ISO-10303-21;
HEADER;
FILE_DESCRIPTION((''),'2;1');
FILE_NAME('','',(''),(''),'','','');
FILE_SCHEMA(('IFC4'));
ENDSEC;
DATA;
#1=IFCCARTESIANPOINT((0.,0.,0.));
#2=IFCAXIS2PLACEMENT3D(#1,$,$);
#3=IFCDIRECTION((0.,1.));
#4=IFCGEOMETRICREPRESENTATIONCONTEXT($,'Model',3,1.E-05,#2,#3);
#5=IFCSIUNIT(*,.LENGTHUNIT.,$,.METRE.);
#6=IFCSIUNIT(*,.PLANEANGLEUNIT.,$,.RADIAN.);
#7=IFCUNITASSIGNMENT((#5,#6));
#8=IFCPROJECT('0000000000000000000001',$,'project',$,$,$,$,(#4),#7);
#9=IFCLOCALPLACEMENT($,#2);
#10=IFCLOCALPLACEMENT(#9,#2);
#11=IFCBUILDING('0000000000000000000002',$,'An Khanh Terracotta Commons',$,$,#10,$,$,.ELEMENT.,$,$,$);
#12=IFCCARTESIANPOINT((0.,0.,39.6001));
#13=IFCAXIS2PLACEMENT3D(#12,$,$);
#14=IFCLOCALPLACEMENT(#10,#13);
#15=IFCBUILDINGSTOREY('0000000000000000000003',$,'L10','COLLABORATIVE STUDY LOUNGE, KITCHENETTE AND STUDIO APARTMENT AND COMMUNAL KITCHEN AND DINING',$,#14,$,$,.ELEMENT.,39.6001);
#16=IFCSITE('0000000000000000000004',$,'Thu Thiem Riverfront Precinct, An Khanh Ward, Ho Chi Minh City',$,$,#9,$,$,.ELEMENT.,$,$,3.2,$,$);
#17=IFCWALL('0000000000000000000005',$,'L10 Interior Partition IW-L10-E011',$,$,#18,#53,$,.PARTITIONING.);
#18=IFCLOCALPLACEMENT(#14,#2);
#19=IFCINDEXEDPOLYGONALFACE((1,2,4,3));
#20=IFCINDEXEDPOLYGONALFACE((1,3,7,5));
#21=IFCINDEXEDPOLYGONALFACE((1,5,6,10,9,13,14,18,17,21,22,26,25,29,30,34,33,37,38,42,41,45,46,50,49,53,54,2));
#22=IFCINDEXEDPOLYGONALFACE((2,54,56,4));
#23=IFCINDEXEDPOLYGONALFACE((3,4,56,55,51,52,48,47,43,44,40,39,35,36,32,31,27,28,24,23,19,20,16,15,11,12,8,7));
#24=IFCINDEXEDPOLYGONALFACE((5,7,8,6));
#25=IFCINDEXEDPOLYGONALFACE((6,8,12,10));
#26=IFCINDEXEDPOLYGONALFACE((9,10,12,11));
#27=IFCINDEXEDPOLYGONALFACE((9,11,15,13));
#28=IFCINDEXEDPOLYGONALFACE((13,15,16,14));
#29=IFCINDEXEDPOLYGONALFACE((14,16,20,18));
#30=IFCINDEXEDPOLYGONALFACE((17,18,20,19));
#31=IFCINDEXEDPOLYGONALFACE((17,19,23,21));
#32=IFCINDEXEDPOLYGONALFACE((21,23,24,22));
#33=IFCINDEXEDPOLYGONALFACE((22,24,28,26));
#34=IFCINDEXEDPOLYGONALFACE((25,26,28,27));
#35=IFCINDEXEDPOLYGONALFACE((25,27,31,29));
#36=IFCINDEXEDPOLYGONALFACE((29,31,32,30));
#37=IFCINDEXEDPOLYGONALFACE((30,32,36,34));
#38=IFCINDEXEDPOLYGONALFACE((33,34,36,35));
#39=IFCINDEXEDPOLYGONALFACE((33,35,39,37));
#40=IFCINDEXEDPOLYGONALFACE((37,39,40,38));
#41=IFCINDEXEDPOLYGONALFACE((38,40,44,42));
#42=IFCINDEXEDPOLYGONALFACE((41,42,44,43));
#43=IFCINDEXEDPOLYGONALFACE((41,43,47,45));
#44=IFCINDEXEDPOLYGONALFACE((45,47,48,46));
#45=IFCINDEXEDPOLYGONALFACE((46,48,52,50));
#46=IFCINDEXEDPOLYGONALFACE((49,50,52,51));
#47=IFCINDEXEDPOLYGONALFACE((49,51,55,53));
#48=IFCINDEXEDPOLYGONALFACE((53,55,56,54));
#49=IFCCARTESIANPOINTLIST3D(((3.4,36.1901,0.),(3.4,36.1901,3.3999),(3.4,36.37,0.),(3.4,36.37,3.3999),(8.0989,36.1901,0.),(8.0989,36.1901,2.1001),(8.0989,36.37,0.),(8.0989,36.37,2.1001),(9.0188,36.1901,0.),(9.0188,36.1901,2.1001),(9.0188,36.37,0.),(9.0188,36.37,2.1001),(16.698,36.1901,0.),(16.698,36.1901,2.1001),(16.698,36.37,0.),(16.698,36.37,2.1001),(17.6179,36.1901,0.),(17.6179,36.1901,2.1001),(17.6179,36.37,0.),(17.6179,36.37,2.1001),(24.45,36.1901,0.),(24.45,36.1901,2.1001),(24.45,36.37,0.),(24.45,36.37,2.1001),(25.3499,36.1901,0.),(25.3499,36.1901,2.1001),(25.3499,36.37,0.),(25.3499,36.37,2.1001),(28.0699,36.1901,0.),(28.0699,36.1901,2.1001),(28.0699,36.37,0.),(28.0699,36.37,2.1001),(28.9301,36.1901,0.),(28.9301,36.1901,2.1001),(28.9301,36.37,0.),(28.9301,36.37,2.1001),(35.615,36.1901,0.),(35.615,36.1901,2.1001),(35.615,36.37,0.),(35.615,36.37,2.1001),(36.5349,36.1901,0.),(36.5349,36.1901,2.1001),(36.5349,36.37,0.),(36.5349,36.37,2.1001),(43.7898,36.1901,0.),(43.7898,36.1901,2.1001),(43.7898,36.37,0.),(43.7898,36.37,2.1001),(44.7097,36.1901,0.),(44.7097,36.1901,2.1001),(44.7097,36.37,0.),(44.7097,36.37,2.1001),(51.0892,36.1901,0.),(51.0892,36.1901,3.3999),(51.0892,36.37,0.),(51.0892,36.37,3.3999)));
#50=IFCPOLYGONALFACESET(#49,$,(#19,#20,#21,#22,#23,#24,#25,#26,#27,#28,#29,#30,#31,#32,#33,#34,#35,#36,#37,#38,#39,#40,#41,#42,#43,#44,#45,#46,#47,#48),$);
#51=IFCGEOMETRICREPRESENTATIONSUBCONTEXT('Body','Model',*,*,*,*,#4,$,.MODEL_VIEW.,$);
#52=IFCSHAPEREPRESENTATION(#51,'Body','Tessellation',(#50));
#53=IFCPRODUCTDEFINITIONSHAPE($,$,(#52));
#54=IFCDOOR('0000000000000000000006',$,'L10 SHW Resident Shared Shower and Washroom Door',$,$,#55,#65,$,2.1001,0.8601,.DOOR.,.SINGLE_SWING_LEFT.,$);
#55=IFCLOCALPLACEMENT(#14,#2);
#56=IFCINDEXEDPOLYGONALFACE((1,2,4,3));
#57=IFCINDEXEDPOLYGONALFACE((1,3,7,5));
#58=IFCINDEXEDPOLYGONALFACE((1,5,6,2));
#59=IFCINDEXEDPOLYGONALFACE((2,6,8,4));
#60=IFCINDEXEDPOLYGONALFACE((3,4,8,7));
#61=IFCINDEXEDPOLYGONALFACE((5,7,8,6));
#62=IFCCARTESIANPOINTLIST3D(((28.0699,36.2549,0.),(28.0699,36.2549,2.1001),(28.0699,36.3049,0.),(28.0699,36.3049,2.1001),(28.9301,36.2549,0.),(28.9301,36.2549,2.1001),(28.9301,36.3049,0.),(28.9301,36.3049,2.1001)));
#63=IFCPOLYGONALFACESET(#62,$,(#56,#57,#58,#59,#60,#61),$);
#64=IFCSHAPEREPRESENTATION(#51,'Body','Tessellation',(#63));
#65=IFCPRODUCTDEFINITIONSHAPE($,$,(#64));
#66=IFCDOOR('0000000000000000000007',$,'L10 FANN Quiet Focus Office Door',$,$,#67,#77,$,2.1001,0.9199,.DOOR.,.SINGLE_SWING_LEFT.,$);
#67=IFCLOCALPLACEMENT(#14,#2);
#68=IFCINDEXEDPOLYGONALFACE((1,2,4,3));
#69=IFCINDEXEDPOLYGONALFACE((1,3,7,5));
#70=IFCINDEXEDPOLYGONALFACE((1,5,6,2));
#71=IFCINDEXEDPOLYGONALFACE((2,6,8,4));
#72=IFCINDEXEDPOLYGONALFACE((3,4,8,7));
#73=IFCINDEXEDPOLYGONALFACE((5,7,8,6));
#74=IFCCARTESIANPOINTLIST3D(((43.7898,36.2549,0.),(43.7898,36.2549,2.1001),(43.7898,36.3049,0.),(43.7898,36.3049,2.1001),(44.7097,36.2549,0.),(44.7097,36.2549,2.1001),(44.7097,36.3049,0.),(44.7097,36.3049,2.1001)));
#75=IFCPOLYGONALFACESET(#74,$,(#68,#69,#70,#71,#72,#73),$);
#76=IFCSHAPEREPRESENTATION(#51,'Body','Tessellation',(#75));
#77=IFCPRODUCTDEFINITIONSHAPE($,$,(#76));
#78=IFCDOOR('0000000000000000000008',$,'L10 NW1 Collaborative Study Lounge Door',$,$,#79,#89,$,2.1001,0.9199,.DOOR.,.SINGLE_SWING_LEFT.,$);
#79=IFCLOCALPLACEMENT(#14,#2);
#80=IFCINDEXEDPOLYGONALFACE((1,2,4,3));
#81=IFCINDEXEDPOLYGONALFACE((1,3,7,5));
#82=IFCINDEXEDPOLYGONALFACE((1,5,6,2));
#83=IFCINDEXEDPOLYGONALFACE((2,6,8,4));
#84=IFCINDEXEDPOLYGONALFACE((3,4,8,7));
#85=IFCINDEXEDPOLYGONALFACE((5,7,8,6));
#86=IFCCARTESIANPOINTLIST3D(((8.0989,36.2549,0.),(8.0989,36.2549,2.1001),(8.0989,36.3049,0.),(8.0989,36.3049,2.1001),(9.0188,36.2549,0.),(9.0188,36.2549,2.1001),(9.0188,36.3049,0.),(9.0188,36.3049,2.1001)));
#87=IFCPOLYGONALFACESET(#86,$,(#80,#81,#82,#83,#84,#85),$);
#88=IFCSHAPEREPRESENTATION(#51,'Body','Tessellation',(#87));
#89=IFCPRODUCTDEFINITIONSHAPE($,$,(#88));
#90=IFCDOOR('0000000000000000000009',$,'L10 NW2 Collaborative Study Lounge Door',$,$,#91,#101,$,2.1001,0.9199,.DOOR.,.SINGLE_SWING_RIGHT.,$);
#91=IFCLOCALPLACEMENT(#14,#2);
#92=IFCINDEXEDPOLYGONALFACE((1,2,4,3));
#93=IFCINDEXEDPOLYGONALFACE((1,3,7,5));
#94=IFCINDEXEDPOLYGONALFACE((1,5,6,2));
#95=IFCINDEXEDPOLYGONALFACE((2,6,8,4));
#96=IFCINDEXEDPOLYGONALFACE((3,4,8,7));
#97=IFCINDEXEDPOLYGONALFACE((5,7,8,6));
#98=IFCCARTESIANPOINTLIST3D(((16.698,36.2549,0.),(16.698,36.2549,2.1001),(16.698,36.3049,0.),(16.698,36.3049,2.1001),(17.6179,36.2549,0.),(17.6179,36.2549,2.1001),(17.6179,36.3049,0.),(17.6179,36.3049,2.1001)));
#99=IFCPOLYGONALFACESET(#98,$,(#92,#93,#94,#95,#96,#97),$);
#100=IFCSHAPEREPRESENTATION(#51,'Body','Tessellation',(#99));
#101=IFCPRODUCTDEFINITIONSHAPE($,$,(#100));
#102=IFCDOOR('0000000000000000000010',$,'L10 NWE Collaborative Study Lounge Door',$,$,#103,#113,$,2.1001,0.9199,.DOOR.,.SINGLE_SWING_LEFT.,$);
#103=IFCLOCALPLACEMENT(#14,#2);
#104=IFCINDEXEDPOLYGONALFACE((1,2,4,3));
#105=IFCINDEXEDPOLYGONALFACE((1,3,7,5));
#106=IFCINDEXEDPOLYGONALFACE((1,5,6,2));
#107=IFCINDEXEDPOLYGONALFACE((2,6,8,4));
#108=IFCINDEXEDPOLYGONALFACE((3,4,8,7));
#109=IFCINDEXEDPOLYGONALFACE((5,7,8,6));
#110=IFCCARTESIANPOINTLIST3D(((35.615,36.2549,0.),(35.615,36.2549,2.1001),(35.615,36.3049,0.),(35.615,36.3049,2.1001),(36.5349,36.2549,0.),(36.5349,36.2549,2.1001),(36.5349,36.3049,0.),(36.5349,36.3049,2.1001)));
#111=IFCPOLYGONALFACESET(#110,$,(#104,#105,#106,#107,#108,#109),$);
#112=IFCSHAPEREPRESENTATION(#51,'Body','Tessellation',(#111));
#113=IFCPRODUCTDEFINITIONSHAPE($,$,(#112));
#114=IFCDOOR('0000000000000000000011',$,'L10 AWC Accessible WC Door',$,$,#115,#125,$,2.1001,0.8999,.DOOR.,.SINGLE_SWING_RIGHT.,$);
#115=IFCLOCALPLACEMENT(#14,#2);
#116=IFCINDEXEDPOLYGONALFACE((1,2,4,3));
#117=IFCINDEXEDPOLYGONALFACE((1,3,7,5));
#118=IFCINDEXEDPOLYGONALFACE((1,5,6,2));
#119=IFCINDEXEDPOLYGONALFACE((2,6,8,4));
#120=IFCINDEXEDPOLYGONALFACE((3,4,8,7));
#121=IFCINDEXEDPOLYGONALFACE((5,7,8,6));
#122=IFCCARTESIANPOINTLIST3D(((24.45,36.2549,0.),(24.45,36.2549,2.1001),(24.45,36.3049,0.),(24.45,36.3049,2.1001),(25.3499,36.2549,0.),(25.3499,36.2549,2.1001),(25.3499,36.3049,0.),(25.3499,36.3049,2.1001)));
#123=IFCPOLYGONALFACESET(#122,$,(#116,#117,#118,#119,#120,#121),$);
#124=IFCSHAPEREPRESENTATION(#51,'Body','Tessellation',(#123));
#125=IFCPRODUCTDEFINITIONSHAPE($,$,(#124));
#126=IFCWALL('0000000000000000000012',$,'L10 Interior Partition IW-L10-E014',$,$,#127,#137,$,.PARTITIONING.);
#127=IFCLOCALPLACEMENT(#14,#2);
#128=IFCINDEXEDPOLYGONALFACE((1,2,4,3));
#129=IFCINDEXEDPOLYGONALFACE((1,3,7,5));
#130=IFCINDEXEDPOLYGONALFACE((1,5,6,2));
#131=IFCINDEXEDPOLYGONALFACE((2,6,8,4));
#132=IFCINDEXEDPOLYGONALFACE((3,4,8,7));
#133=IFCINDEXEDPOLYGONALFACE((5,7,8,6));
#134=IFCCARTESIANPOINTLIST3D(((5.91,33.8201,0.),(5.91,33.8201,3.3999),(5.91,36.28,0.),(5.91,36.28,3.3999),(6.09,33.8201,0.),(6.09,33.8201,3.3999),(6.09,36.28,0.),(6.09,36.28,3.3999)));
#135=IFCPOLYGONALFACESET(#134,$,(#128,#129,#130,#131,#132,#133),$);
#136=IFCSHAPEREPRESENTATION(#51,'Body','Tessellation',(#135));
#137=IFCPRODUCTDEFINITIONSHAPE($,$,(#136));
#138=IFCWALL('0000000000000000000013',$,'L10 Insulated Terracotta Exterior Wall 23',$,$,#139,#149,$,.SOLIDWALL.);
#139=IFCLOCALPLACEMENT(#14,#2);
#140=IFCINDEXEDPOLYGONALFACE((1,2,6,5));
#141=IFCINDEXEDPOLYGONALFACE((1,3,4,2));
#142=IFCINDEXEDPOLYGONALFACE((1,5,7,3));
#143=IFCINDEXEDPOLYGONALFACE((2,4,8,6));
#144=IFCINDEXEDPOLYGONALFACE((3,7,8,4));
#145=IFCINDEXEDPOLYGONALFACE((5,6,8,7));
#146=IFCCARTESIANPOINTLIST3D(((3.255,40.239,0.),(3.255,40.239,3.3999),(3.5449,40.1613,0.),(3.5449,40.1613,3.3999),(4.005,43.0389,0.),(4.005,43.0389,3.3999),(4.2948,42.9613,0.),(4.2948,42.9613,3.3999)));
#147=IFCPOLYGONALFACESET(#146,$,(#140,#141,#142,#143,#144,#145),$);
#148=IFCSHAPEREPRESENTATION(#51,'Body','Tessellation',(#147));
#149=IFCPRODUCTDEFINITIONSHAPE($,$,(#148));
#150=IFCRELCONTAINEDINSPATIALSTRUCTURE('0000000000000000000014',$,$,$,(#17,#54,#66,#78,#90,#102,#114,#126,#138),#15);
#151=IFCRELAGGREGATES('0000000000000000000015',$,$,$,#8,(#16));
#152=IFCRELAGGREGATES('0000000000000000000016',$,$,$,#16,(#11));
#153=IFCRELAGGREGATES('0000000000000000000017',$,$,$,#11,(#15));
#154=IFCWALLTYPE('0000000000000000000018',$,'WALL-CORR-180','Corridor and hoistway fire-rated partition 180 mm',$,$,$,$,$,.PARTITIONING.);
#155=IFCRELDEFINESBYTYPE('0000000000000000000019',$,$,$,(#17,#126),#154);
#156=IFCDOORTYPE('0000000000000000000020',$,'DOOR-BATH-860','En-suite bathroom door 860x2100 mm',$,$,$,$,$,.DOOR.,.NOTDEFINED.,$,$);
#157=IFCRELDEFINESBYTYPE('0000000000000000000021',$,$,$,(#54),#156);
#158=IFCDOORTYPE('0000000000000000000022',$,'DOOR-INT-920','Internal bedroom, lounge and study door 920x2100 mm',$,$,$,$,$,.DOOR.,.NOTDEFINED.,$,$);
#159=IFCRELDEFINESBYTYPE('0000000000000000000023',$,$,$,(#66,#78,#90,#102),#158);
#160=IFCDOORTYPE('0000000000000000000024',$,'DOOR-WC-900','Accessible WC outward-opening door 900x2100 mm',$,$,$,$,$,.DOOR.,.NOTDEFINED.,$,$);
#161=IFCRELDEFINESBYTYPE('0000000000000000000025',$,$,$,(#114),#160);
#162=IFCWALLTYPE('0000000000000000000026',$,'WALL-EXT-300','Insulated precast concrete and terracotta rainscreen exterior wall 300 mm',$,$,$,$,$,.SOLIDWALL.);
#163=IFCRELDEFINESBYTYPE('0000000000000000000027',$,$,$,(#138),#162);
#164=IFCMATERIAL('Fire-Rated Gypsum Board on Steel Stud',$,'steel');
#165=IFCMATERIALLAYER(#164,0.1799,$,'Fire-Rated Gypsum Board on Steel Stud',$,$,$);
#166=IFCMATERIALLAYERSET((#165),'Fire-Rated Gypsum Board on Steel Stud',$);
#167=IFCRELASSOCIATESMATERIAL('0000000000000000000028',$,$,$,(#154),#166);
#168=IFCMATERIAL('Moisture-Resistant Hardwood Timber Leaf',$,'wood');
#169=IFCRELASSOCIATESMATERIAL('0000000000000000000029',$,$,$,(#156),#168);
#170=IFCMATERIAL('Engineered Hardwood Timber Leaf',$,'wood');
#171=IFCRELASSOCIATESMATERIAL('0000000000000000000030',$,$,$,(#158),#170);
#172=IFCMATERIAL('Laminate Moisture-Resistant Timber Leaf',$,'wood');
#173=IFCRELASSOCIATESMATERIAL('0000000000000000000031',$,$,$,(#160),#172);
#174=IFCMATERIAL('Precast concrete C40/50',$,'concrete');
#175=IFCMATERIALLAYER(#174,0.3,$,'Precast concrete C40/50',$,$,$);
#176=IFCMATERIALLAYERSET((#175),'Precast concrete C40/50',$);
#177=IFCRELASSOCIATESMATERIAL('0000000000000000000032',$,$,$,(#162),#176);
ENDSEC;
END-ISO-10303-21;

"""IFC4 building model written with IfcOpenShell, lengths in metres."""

from ifc_helpers import new_model, si_unit, direction, frame, frame_2d, origin, place, context, subcontext, project, spatial, rectangle, extrude, material, layer, layer_set, type_object, element, fill, save


model = new_model("IFC4")

# Units and contexts
model_context = context("Model", 3, precision=1e-05, world=origin(), true_north=direction((0.0, 1.0)))
body_context = subcontext(model_context, "Body", "Model", "MODEL_VIEW")
ifc_project = project(units=[si_unit("LENGTHUNIT", "METRE"), si_unit("PLANEANGLEUNIT", "RADIAN")], contexts=[model_context])

# Site, building, storey
site_placement = place(None, origin())
site = spatial("IfcSite", under=ifc_project, at=site_placement, Name="Thu Thiem Riverfront Precinct, An Khanh Ward, Ho Chi Minh City", CompositionType="ELEMENT", RefElevation=3.2)
building_placement = place(site_placement, origin())
building = spatial("IfcBuilding", under=site, at=building_placement, Name="An Khanh Terracotta Commons", CompositionType="ELEMENT")
storey_placement = place(building_placement, frame((0.0, 0.0, 39.6001)))
storey = spatial("IfcBuildingStorey", under=building, at=storey_placement, Name="L10", Description="COLLABORATIVE STUDY LOUNGE, KITCHENETTE AND STUDIO APARTMENT AND COMMUNAL KITCHEN AND DINING", CompositionType="ELEMENT", Elevation=39.6001)

# Shared definitions
ifc_material_1 = material(Name="Fire-Rated Gypsum Board on Steel Stud", Category="steel")
ifc_layer_1 = layer(ifc_material_1, 0.1799, Name="Fire-Rated Gypsum Board on Steel Stud")
ifc_layer_set_1 = layer_set([ifc_layer_1], Name="Fire-Rated Gypsum Board on Steel Stud")
wall_type_1 = type_object("IfcWallType", Name="WALL-CORR-180", Description="Corridor and hoistway fire-rated partition 180 mm", PredefinedType="PARTITIONING", material=ifc_layer_set_1)

# Wall, openings, doors
wall_1_placement = place(storey_placement, frame((3.3999, 36.28, 0.0), z_axis=(0.0, 0.0, 1.0), x_axis=(1.0, 0.0, 0.0)))
wall_1 = element("IfcWall", 1, at=wall_1_placement, inside=storey, type_object=wall_type_1, Name="L10 Interior Partition IW-L10-E011", PredefinedType="PARTITIONING", context=body_context, shape_type="SweptSolid", body=[
    extrude(rectangle(XDim=47.6892, YDim=0.1799, at=frame_2d((23.8447, 0.0))), origin(), (0.0, 0.0, 1.0), 3.3999),
])
opening_1_placement = place(wall_1_placement, frame((21.05, 0.0, 0.0)))
opening_1 = element("IfcOpeningElement", 2, at=opening_1_placement, cuts=wall_1, PredefinedType="OPENING", context=body_context, shape_type="SweptSolid", body=[
    extrude(rectangle(XDim=0.8999, YDim=2.1001, at=frame_2d((0.45, 1.05))), frame((0.0, 0.0999, 0.0), z_axis=(0.0, -1.0, 0.0), x_axis=(1.0, 0.0, 0.0)), (0.0, 0.0, 1.0), 0.2),
])
opening_2_placement = place(wall_1_placement, frame((24.6699, 0.0, 0.0)))
opening_2 = element("IfcOpeningElement", 3, at=opening_2_placement, cuts=wall_1, PredefinedType="OPENING", context=body_context, shape_type="SweptSolid", body=[
    extrude(rectangle(XDim=0.8601, YDim=2.1001, at=frame_2d((0.4302, 1.05))), frame((0.0, 0.0999, 0.0), z_axis=(0.0, -1.0, 0.0), x_axis=(1.0, 0.0, 0.0)), (0.0, 0.0, 1.0), 0.2),
])
opening_3_placement = place(wall_1_placement, frame((40.3899, 0.0, 0.0)))
opening_3 = element("IfcOpeningElement", 4, at=opening_3_placement, cuts=wall_1, PredefinedType="OPENING", context=body_context, shape_type="SweptSolid", body=[
    extrude(rectangle(XDim=0.9199, YDim=2.1001, at=frame_2d((0.46, 1.05))), frame((0.0, 0.0999, 0.0), z_axis=(0.0, -1.0, 0.0), x_axis=(1.0, 0.0, 0.0)), (0.0, 0.0, 1.0), 0.2),
])
opening_4_placement = place(wall_1_placement, frame((4.699, 0.0, 0.0)))
opening_4 = element("IfcOpeningElement", 5, at=opening_4_placement, cuts=wall_1, PredefinedType="OPENING", context=body_context, shape_type="SweptSolid", body=[
    extrude(rectangle(XDim=0.9199, YDim=2.1001, at=frame_2d((0.46, 1.05))), frame((0.0, 0.0999, 0.0), z_axis=(0.0, -1.0, 0.0), x_axis=(1.0, 0.0, 0.0)), (0.0, 0.0, 1.0), 0.2),
])
opening_5_placement = place(wall_1_placement, frame((13.2981, 0.0, 0.0)))
opening_5 = element("IfcOpeningElement", 6, at=opening_5_placement, cuts=wall_1, PredefinedType="OPENING", context=body_context, shape_type="SweptSolid", body=[
    extrude(rectangle(XDim=0.9199, YDim=2.1001, at=frame_2d((0.46, 1.05))), frame((0.0, 0.0999, 0.0), z_axis=(0.0, -1.0, 0.0), x_axis=(1.0, 0.0, 0.0)), (0.0, 0.0, 1.0), 0.2),
])
opening_6_placement = place(wall_1_placement, frame((32.2151, 0.0, 0.0)))
opening_6 = element("IfcOpeningElement", 7, at=opening_6_placement, cuts=wall_1, PredefinedType="OPENING", context=body_context, shape_type="SweptSolid", body=[
    extrude(rectangle(XDim=0.9199, YDim=2.1001, at=frame_2d((0.46, 1.05))), frame((0.0, 0.0999, 0.0), z_axis=(0.0, -1.0, 0.0), x_axis=(1.0, 0.0, 0.0)), (0.0, 0.0, 1.0), 0.2),
])
ifc_material_2 = material(Name="Moisture-Resistant Hardwood Timber Leaf", Category="wood")
door_type_1 = type_object("IfcDoorType", Name="DOOR-BATH-860", Description="En-suite bathroom door 860x2100 mm", OperationType="NOTDEFINED", PredefinedType="DOOR", material=ifc_material_2)
door_1_placement = place(opening_2_placement, origin())
door_1 = element("IfcDoor", 8, at=door_1_placement, inside=storey, type_object=door_type_1, Name="L10 SHW Resident Shared Shower and Washroom Door", OperationType="SINGLE_SWING_LEFT", OverallHeight=2.1001, OverallWidth=0.8601, PredefinedType="DOOR", context=body_context, shape_type="SweptSolid", body=[
    extrude(rectangle(XDim=0.8601, YDim=2.1001, at=frame_2d((0.4302, 1.05))), frame((0.0, 0.0249, 0.0), z_axis=(0.0, -1.0, 0.0), x_axis=(1.0, 0.0, 0.0)), (0.0, 0.0, 1.0), 0.05),
])
fill(opening_2, door_1)
ifc_material_3 = material(Name="Engineered Hardwood Timber Leaf", Category="wood")
door_type_2 = type_object("IfcDoorType", Name="DOOR-INT-920", Description="Internal bedroom, lounge and study door 920x2100 mm", OperationType="NOTDEFINED", PredefinedType="DOOR", material=ifc_material_3)
door_2_placement = place(opening_3_placement, origin())
door_2 = element("IfcDoor", 9, at=door_2_placement, inside=storey, type_object=door_type_2, Name="L10 FANN Quiet Focus Office Door", OperationType="SINGLE_SWING_LEFT", OverallHeight=2.1001, OverallWidth=0.9199, PredefinedType="DOOR", context=body_context, shape_type="SweptSolid", body=[
    extrude(rectangle(XDim=0.9199, YDim=2.1001, at=frame_2d((0.46, 1.05))), frame((0.0, 0.0249, 0.0), z_axis=(0.0, -1.0, 0.0), x_axis=(1.0, 0.0, 0.0)), (0.0, 0.0, 1.0), 0.05),
])
fill(opening_3, door_2)
door_3_placement = place(opening_4_placement, origin())
door_3 = element("IfcDoor", 10, at=door_3_placement, inside=storey, type_object=door_type_2, Name="L10 NW1 Collaborative Study Lounge Door", OperationType="SINGLE_SWING_LEFT", OverallHeight=2.1001, OverallWidth=0.9199, PredefinedType="DOOR", context=body_context, shape_type="SweptSolid", body=[
    extrude(rectangle(XDim=0.9199, YDim=2.1001, at=frame_2d((0.46, 1.05))), frame((0.0, 0.0249, 0.0), z_axis=(0.0, -1.0, 0.0), x_axis=(1.0, 0.0, 0.0)), (0.0, 0.0, 1.0), 0.05),
])
fill(opening_4, door_3)
door_4_placement = place(opening_5_placement, origin())
door_4 = element("IfcDoor", 11, at=door_4_placement, inside=storey, type_object=door_type_2, Name="L10 NW2 Collaborative Study Lounge Door", OperationType="SINGLE_SWING_RIGHT", OverallHeight=2.1001, OverallWidth=0.9199, PredefinedType="DOOR", context=body_context, shape_type="SweptSolid", body=[
    extrude(rectangle(XDim=0.9199, YDim=2.1001, at=frame_2d((0.46, 1.05))), frame((0.0, 0.0249, 0.0), z_axis=(0.0, -1.0, 0.0), x_axis=(1.0, 0.0, 0.0)), (0.0, 0.0, 1.0), 0.05),
])
fill(opening_5, door_4)
door_5_placement = place(opening_6_placement, origin())
door_5 = element("IfcDoor", 12, at=door_5_placement, inside=storey, type_object=door_type_2, Name="L10 NWE Collaborative Study Lounge Door", OperationType="SINGLE_SWING_LEFT", OverallHeight=2.1001, OverallWidth=0.9199, PredefinedType="DOOR", context=body_context, shape_type="SweptSolid", body=[
    extrude(rectangle(XDim=0.9199, YDim=2.1001, at=frame_2d((0.46, 1.05))), frame((0.0, 0.0249, 0.0), z_axis=(0.0, -1.0, 0.0), x_axis=(1.0, 0.0, 0.0)), (0.0, 0.0, 1.0), 0.05),
])
fill(opening_6, door_5)
ifc_material_4 = material(Name="Laminate Moisture-Resistant Timber Leaf", Category="wood")
door_type_3 = type_object("IfcDoorType", Name="DOOR-WC-900", Description="Accessible WC outward-opening door 900x2100 mm", OperationType="NOTDEFINED", PredefinedType="DOOR", material=ifc_material_4)
door_6_placement = place(opening_1_placement, origin())
door_6 = element("IfcDoor", 13, at=door_6_placement, inside=storey, type_object=door_type_3, Name="L10 AWC Accessible WC Door", OperationType="SINGLE_SWING_RIGHT", OverallHeight=2.1001, OverallWidth=0.8999, PredefinedType="DOOR", context=body_context, shape_type="SweptSolid", body=[
    extrude(rectangle(XDim=0.8999, YDim=2.1001, at=frame_2d((0.45, 1.05))), frame((0.0, 0.0249, 0.0), z_axis=(0.0, -1.0, 0.0), x_axis=(1.0, 0.0, 0.0)), (0.0, 0.0, 1.0), 0.05),
])
fill(opening_1, door_6)

# Walls
wall_2_placement = place(storey_placement, frame((6.0, 33.8201, 0.0), z_axis=(0.0, 0.0, 1.0), x_axis=(0.0, 1.0, 0.0)))
element("IfcWall", 14, at=wall_2_placement, inside=storey, type_object=wall_type_1, Name="L10 Interior Partition IW-L10-E014", PredefinedType="PARTITIONING", context=body_context, shape_type="SweptSolid", body=[
    extrude(rectangle(XDim=2.46, YDim=0.1799, at=frame_2d((1.23, 0.0))), origin(), (0.0, 0.0, 1.0), 3.3999),
])
ifc_material_5 = material(Name="Precast concrete C40/50", Category="concrete")
ifc_layer_2 = layer(ifc_material_5, 0.3, Name="Precast concrete C40/50")
ifc_layer_set_2 = layer_set([ifc_layer_2], Name="Precast concrete C40/50")
wall_type_2 = type_object("IfcWallType", Name="WALL-EXT-300", Description="Insulated precast concrete and terracotta rainscreen exterior wall 300 mm", PredefinedType="SOLIDWALL", material=ifc_layer_set_2)
wall_3_placement = place(storey_placement, frame((4.1499, 43.0, 0.0), z_axis=(0.0, 0.0, 1.0), x_axis=(-0.258732, -0.965949, 0.0)))
element("IfcWall", 15, at=wall_3_placement, inside=storey, type_object=wall_type_2, Name="L10 Insulated Terracotta Exterior Wall 23", PredefinedType="SOLIDWALL", context=body_context, shape_type="SweptSolid", body=[
    extrude(rectangle(XDim=2.8987, YDim=0.3, at=frame_2d((1.4492, 0.0))), origin(), (0.0, 0.0, 1.0), 3.3999),
])

save(model, "model.ifc")
